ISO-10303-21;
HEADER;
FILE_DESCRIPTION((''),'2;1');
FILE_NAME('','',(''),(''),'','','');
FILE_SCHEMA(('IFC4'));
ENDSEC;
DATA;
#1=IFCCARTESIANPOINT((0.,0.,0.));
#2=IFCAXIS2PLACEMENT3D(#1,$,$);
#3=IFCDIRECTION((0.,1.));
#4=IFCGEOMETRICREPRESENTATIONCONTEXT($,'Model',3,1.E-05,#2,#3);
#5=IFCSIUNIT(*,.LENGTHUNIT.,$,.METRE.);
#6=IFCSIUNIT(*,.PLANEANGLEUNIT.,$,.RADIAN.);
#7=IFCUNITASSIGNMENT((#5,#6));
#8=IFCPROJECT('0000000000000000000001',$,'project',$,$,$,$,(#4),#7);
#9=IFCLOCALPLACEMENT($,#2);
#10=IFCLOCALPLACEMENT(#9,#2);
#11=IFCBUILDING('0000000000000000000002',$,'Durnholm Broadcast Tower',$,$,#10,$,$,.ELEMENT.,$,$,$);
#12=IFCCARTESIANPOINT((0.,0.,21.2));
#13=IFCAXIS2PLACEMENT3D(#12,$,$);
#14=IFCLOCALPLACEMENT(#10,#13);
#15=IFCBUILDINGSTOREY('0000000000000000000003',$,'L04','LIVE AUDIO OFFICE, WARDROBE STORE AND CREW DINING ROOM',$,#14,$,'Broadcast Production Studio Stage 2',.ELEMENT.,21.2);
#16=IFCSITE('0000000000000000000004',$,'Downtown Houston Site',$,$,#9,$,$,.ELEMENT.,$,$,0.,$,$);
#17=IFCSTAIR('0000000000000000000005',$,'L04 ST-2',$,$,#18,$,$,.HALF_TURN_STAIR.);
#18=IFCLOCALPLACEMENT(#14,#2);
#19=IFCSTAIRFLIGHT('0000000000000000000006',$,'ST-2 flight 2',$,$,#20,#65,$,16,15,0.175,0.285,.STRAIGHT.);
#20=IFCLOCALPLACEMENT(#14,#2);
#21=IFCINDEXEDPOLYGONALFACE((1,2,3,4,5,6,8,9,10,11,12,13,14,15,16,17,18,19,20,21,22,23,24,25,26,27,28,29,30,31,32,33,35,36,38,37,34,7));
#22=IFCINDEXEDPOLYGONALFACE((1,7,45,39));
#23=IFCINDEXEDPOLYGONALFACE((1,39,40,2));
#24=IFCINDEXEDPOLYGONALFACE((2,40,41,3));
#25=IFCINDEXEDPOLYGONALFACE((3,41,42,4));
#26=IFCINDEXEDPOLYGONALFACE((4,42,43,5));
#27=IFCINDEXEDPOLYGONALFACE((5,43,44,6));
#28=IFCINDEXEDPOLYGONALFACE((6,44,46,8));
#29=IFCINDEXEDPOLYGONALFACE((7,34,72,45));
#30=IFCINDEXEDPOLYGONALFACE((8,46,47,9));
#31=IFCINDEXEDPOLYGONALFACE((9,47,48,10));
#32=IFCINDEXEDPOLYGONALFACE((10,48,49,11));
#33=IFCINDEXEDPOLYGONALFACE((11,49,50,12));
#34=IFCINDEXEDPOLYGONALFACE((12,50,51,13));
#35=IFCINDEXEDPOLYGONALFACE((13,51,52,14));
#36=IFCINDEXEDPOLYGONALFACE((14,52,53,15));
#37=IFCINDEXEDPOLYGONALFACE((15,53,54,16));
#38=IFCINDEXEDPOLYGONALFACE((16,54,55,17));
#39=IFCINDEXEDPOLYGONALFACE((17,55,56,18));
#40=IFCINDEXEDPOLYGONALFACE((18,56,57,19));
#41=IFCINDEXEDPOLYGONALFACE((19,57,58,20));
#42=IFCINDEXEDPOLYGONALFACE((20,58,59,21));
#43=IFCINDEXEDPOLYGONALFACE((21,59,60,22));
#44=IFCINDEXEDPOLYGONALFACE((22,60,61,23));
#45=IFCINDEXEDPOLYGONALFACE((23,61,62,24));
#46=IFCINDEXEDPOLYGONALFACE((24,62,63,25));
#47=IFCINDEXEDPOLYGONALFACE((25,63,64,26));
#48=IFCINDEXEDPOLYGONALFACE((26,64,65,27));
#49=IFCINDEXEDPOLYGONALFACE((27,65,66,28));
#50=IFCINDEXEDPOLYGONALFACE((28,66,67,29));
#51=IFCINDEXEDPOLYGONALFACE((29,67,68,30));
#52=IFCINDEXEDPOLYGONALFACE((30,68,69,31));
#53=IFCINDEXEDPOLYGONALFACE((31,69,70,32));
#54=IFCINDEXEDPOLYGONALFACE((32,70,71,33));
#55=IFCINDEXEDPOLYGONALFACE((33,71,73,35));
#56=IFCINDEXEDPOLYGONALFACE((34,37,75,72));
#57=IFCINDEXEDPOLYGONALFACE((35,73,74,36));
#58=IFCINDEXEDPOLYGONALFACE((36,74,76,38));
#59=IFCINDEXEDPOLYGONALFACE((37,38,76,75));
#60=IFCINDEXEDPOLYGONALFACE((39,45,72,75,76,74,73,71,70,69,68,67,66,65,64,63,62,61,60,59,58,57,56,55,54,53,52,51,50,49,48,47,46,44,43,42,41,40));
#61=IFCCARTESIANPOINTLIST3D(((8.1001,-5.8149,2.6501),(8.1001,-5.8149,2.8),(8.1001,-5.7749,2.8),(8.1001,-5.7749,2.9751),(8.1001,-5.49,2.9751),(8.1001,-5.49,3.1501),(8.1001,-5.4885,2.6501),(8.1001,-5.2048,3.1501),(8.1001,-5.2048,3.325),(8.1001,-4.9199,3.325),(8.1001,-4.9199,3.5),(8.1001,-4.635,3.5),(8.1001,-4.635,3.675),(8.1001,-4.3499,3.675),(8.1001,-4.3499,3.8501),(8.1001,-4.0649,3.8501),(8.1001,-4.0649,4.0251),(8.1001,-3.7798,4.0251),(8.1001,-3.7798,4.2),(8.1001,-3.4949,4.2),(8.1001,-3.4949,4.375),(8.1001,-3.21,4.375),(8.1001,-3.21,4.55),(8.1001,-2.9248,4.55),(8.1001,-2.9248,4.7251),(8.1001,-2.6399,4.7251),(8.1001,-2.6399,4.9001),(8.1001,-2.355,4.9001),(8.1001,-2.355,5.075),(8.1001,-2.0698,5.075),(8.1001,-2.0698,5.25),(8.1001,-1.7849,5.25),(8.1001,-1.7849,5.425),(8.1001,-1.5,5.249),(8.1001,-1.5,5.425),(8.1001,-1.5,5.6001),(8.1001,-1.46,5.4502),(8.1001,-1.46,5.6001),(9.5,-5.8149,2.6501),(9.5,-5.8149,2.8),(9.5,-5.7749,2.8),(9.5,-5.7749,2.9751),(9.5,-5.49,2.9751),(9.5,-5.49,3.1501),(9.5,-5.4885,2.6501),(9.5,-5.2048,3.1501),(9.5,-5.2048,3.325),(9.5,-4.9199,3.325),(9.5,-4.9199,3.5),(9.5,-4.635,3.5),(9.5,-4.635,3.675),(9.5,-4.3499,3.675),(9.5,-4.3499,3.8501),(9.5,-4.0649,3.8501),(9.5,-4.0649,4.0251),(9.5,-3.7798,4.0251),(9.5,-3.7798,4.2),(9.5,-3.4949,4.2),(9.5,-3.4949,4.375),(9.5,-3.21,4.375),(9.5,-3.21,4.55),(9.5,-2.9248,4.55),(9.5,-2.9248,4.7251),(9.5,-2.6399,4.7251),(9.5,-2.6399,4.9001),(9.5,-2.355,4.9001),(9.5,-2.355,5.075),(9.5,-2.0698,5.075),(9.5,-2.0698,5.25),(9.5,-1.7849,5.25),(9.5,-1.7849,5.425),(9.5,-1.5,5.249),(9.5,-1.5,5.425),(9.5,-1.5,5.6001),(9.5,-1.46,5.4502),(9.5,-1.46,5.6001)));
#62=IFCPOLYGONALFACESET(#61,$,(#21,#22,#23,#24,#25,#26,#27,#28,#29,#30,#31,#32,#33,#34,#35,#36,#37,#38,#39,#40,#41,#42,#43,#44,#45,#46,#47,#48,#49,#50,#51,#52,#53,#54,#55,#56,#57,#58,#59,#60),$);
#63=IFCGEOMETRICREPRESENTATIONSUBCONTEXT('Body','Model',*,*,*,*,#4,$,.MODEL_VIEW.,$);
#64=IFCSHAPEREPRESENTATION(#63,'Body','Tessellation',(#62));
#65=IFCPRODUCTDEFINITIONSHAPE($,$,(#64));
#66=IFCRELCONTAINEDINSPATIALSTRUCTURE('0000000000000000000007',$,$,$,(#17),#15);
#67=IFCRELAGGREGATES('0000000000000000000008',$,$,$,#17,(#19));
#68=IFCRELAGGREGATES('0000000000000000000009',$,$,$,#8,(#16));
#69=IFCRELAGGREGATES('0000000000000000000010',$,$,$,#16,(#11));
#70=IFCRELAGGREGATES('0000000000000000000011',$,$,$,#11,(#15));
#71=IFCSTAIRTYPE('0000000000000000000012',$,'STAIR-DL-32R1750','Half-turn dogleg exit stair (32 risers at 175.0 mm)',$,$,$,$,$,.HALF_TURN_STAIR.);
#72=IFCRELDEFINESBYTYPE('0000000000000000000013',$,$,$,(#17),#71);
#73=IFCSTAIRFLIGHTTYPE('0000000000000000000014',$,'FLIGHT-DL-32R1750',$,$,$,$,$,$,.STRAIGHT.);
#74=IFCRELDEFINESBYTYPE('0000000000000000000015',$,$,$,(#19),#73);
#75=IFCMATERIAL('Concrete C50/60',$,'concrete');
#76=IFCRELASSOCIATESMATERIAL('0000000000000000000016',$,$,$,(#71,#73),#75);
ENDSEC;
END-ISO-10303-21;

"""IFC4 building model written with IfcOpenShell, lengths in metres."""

from ifc_helpers import new_model, si_unit, direction, frame, origin, place, context, subcontext, project, spatial, polyline, outline, extrude, material, type_object, element, aggregate, save


model = new_model("IFC4")

# Units and contexts
model_context = context("Model", 3, precision=1e-05, world=origin(), true_north=direction((0.0, 1.0)))
body_context = subcontext(model_context, "Body", "Model", "MODEL_VIEW")
ifc_project = project(units=[si_unit("LENGTHUNIT", "METRE"), si_unit("PLANEANGLEUNIT", "RADIAN")], contexts=[model_context])

# Site, building, storey
site_placement = place(None, origin())
site = spatial("IfcSite", under=ifc_project, at=site_placement, Name="Downtown Houston Site", CompositionType="ELEMENT", RefElevation=0.0)
building_placement = place(site_placement, origin())
building = spatial("IfcBuilding", under=site, at=building_placement, Name="Durnholm Broadcast Tower", CompositionType="ELEMENT")
storey_placement = place(building_placement, frame((0.0, 0.0, 21.2)))
storey = spatial("IfcBuildingStorey", under=building, at=storey_placement, Name="L04", Description="LIVE AUDIO OFFICE, WARDROBE STORE AND CREW DINING ROOM", LongName="Broadcast Production Studio Stage 2", CompositionType="ELEMENT", Elevation=21.2)

# Shared definitions
ifc_material_1 = material(Name="Concrete C50/60", Category="concrete")

# Stair
stair_type = type_object("IfcStairType", Name="STAIR-DL-32R1750", Description="Half-turn dogleg exit stair (32 risers at 175.0 mm)", PredefinedType="HALF_TURN_STAIR", material=ifc_material_1)
stair_1_placement = place(storey_placement, origin())
stair_1 = element("IfcStair", 1, at=stair_1_placement, inside=storey, type_object=stair_type, Name="L04 ST-2", PredefinedType="HALF_TURN_STAIR")

# Stair flight
stair_flight_type = type_object("IfcStairFlightType", Name="FLIGHT-DL-32R1750", PredefinedType="STRAIGHT", material=ifc_material_1)
stair_flight_1_placement = place(storey_placement, frame((8.8, -5.7749, 2.8), z_axis=(0.0, 0.0, 1.0), x_axis=(0.0, 1.0, 0.0)))
stair_flight_1 = element("IfcStairFlight", 2, at=stair_flight_1_placement, type_object=stair_flight_type, Name="ST-2 flight 2", NumberOfRisers=16, NumberOfTreads=15, PredefinedType="STRAIGHT", RiserHeight=0.175, TreadLength=0.285, context=body_context, shape_type="SweptSolid", body=[
    extrude(outline(polyline([(-0.04, -0.1499), (-0.04, 0.0), (0.0, 0.0), (0.0, 0.175), (0.2849, 0.175), (0.2849, 0.3501), (0.5701, 0.3501), (0.5701, 0.5249), (0.855, 0.5249), (0.855, 0.7), (1.1399, 0.7), (1.1399, 0.875), (1.425, 0.875), (1.425, 1.05), (1.71, 1.05), (1.71, 1.2251), (1.9951, 1.2251), (1.9951, 1.3999), (2.28, 1.3999), (2.28, 1.575), (2.5649, 1.575), (2.5649, 1.75), (2.8501, 1.75), (2.8501, 1.925), (3.135, 1.925), (3.135, 2.1001), (3.4199, 2.1001), (3.4199, 2.2749), (3.7051, 2.2749), (3.7051, 2.45), (3.99, 2.45), (3.99, 2.625), (4.2749, 2.625), (4.2749, 2.8), (4.3149, 2.8), (4.3149, 2.6501), (4.2749, 2.449), (0.2864, -0.1499), (-0.04, -0.1499)])), frame((0.0, 0.7, 0.0), z_axis=(0.0, -1.0, 0.0), x_axis=(1.0, 0.0, 0.0)), (0.0, 0.0, 1.0), 1.3999),
])
aggregate(stair_1, [stair_flight_1])

save(model, "model.ifc")
